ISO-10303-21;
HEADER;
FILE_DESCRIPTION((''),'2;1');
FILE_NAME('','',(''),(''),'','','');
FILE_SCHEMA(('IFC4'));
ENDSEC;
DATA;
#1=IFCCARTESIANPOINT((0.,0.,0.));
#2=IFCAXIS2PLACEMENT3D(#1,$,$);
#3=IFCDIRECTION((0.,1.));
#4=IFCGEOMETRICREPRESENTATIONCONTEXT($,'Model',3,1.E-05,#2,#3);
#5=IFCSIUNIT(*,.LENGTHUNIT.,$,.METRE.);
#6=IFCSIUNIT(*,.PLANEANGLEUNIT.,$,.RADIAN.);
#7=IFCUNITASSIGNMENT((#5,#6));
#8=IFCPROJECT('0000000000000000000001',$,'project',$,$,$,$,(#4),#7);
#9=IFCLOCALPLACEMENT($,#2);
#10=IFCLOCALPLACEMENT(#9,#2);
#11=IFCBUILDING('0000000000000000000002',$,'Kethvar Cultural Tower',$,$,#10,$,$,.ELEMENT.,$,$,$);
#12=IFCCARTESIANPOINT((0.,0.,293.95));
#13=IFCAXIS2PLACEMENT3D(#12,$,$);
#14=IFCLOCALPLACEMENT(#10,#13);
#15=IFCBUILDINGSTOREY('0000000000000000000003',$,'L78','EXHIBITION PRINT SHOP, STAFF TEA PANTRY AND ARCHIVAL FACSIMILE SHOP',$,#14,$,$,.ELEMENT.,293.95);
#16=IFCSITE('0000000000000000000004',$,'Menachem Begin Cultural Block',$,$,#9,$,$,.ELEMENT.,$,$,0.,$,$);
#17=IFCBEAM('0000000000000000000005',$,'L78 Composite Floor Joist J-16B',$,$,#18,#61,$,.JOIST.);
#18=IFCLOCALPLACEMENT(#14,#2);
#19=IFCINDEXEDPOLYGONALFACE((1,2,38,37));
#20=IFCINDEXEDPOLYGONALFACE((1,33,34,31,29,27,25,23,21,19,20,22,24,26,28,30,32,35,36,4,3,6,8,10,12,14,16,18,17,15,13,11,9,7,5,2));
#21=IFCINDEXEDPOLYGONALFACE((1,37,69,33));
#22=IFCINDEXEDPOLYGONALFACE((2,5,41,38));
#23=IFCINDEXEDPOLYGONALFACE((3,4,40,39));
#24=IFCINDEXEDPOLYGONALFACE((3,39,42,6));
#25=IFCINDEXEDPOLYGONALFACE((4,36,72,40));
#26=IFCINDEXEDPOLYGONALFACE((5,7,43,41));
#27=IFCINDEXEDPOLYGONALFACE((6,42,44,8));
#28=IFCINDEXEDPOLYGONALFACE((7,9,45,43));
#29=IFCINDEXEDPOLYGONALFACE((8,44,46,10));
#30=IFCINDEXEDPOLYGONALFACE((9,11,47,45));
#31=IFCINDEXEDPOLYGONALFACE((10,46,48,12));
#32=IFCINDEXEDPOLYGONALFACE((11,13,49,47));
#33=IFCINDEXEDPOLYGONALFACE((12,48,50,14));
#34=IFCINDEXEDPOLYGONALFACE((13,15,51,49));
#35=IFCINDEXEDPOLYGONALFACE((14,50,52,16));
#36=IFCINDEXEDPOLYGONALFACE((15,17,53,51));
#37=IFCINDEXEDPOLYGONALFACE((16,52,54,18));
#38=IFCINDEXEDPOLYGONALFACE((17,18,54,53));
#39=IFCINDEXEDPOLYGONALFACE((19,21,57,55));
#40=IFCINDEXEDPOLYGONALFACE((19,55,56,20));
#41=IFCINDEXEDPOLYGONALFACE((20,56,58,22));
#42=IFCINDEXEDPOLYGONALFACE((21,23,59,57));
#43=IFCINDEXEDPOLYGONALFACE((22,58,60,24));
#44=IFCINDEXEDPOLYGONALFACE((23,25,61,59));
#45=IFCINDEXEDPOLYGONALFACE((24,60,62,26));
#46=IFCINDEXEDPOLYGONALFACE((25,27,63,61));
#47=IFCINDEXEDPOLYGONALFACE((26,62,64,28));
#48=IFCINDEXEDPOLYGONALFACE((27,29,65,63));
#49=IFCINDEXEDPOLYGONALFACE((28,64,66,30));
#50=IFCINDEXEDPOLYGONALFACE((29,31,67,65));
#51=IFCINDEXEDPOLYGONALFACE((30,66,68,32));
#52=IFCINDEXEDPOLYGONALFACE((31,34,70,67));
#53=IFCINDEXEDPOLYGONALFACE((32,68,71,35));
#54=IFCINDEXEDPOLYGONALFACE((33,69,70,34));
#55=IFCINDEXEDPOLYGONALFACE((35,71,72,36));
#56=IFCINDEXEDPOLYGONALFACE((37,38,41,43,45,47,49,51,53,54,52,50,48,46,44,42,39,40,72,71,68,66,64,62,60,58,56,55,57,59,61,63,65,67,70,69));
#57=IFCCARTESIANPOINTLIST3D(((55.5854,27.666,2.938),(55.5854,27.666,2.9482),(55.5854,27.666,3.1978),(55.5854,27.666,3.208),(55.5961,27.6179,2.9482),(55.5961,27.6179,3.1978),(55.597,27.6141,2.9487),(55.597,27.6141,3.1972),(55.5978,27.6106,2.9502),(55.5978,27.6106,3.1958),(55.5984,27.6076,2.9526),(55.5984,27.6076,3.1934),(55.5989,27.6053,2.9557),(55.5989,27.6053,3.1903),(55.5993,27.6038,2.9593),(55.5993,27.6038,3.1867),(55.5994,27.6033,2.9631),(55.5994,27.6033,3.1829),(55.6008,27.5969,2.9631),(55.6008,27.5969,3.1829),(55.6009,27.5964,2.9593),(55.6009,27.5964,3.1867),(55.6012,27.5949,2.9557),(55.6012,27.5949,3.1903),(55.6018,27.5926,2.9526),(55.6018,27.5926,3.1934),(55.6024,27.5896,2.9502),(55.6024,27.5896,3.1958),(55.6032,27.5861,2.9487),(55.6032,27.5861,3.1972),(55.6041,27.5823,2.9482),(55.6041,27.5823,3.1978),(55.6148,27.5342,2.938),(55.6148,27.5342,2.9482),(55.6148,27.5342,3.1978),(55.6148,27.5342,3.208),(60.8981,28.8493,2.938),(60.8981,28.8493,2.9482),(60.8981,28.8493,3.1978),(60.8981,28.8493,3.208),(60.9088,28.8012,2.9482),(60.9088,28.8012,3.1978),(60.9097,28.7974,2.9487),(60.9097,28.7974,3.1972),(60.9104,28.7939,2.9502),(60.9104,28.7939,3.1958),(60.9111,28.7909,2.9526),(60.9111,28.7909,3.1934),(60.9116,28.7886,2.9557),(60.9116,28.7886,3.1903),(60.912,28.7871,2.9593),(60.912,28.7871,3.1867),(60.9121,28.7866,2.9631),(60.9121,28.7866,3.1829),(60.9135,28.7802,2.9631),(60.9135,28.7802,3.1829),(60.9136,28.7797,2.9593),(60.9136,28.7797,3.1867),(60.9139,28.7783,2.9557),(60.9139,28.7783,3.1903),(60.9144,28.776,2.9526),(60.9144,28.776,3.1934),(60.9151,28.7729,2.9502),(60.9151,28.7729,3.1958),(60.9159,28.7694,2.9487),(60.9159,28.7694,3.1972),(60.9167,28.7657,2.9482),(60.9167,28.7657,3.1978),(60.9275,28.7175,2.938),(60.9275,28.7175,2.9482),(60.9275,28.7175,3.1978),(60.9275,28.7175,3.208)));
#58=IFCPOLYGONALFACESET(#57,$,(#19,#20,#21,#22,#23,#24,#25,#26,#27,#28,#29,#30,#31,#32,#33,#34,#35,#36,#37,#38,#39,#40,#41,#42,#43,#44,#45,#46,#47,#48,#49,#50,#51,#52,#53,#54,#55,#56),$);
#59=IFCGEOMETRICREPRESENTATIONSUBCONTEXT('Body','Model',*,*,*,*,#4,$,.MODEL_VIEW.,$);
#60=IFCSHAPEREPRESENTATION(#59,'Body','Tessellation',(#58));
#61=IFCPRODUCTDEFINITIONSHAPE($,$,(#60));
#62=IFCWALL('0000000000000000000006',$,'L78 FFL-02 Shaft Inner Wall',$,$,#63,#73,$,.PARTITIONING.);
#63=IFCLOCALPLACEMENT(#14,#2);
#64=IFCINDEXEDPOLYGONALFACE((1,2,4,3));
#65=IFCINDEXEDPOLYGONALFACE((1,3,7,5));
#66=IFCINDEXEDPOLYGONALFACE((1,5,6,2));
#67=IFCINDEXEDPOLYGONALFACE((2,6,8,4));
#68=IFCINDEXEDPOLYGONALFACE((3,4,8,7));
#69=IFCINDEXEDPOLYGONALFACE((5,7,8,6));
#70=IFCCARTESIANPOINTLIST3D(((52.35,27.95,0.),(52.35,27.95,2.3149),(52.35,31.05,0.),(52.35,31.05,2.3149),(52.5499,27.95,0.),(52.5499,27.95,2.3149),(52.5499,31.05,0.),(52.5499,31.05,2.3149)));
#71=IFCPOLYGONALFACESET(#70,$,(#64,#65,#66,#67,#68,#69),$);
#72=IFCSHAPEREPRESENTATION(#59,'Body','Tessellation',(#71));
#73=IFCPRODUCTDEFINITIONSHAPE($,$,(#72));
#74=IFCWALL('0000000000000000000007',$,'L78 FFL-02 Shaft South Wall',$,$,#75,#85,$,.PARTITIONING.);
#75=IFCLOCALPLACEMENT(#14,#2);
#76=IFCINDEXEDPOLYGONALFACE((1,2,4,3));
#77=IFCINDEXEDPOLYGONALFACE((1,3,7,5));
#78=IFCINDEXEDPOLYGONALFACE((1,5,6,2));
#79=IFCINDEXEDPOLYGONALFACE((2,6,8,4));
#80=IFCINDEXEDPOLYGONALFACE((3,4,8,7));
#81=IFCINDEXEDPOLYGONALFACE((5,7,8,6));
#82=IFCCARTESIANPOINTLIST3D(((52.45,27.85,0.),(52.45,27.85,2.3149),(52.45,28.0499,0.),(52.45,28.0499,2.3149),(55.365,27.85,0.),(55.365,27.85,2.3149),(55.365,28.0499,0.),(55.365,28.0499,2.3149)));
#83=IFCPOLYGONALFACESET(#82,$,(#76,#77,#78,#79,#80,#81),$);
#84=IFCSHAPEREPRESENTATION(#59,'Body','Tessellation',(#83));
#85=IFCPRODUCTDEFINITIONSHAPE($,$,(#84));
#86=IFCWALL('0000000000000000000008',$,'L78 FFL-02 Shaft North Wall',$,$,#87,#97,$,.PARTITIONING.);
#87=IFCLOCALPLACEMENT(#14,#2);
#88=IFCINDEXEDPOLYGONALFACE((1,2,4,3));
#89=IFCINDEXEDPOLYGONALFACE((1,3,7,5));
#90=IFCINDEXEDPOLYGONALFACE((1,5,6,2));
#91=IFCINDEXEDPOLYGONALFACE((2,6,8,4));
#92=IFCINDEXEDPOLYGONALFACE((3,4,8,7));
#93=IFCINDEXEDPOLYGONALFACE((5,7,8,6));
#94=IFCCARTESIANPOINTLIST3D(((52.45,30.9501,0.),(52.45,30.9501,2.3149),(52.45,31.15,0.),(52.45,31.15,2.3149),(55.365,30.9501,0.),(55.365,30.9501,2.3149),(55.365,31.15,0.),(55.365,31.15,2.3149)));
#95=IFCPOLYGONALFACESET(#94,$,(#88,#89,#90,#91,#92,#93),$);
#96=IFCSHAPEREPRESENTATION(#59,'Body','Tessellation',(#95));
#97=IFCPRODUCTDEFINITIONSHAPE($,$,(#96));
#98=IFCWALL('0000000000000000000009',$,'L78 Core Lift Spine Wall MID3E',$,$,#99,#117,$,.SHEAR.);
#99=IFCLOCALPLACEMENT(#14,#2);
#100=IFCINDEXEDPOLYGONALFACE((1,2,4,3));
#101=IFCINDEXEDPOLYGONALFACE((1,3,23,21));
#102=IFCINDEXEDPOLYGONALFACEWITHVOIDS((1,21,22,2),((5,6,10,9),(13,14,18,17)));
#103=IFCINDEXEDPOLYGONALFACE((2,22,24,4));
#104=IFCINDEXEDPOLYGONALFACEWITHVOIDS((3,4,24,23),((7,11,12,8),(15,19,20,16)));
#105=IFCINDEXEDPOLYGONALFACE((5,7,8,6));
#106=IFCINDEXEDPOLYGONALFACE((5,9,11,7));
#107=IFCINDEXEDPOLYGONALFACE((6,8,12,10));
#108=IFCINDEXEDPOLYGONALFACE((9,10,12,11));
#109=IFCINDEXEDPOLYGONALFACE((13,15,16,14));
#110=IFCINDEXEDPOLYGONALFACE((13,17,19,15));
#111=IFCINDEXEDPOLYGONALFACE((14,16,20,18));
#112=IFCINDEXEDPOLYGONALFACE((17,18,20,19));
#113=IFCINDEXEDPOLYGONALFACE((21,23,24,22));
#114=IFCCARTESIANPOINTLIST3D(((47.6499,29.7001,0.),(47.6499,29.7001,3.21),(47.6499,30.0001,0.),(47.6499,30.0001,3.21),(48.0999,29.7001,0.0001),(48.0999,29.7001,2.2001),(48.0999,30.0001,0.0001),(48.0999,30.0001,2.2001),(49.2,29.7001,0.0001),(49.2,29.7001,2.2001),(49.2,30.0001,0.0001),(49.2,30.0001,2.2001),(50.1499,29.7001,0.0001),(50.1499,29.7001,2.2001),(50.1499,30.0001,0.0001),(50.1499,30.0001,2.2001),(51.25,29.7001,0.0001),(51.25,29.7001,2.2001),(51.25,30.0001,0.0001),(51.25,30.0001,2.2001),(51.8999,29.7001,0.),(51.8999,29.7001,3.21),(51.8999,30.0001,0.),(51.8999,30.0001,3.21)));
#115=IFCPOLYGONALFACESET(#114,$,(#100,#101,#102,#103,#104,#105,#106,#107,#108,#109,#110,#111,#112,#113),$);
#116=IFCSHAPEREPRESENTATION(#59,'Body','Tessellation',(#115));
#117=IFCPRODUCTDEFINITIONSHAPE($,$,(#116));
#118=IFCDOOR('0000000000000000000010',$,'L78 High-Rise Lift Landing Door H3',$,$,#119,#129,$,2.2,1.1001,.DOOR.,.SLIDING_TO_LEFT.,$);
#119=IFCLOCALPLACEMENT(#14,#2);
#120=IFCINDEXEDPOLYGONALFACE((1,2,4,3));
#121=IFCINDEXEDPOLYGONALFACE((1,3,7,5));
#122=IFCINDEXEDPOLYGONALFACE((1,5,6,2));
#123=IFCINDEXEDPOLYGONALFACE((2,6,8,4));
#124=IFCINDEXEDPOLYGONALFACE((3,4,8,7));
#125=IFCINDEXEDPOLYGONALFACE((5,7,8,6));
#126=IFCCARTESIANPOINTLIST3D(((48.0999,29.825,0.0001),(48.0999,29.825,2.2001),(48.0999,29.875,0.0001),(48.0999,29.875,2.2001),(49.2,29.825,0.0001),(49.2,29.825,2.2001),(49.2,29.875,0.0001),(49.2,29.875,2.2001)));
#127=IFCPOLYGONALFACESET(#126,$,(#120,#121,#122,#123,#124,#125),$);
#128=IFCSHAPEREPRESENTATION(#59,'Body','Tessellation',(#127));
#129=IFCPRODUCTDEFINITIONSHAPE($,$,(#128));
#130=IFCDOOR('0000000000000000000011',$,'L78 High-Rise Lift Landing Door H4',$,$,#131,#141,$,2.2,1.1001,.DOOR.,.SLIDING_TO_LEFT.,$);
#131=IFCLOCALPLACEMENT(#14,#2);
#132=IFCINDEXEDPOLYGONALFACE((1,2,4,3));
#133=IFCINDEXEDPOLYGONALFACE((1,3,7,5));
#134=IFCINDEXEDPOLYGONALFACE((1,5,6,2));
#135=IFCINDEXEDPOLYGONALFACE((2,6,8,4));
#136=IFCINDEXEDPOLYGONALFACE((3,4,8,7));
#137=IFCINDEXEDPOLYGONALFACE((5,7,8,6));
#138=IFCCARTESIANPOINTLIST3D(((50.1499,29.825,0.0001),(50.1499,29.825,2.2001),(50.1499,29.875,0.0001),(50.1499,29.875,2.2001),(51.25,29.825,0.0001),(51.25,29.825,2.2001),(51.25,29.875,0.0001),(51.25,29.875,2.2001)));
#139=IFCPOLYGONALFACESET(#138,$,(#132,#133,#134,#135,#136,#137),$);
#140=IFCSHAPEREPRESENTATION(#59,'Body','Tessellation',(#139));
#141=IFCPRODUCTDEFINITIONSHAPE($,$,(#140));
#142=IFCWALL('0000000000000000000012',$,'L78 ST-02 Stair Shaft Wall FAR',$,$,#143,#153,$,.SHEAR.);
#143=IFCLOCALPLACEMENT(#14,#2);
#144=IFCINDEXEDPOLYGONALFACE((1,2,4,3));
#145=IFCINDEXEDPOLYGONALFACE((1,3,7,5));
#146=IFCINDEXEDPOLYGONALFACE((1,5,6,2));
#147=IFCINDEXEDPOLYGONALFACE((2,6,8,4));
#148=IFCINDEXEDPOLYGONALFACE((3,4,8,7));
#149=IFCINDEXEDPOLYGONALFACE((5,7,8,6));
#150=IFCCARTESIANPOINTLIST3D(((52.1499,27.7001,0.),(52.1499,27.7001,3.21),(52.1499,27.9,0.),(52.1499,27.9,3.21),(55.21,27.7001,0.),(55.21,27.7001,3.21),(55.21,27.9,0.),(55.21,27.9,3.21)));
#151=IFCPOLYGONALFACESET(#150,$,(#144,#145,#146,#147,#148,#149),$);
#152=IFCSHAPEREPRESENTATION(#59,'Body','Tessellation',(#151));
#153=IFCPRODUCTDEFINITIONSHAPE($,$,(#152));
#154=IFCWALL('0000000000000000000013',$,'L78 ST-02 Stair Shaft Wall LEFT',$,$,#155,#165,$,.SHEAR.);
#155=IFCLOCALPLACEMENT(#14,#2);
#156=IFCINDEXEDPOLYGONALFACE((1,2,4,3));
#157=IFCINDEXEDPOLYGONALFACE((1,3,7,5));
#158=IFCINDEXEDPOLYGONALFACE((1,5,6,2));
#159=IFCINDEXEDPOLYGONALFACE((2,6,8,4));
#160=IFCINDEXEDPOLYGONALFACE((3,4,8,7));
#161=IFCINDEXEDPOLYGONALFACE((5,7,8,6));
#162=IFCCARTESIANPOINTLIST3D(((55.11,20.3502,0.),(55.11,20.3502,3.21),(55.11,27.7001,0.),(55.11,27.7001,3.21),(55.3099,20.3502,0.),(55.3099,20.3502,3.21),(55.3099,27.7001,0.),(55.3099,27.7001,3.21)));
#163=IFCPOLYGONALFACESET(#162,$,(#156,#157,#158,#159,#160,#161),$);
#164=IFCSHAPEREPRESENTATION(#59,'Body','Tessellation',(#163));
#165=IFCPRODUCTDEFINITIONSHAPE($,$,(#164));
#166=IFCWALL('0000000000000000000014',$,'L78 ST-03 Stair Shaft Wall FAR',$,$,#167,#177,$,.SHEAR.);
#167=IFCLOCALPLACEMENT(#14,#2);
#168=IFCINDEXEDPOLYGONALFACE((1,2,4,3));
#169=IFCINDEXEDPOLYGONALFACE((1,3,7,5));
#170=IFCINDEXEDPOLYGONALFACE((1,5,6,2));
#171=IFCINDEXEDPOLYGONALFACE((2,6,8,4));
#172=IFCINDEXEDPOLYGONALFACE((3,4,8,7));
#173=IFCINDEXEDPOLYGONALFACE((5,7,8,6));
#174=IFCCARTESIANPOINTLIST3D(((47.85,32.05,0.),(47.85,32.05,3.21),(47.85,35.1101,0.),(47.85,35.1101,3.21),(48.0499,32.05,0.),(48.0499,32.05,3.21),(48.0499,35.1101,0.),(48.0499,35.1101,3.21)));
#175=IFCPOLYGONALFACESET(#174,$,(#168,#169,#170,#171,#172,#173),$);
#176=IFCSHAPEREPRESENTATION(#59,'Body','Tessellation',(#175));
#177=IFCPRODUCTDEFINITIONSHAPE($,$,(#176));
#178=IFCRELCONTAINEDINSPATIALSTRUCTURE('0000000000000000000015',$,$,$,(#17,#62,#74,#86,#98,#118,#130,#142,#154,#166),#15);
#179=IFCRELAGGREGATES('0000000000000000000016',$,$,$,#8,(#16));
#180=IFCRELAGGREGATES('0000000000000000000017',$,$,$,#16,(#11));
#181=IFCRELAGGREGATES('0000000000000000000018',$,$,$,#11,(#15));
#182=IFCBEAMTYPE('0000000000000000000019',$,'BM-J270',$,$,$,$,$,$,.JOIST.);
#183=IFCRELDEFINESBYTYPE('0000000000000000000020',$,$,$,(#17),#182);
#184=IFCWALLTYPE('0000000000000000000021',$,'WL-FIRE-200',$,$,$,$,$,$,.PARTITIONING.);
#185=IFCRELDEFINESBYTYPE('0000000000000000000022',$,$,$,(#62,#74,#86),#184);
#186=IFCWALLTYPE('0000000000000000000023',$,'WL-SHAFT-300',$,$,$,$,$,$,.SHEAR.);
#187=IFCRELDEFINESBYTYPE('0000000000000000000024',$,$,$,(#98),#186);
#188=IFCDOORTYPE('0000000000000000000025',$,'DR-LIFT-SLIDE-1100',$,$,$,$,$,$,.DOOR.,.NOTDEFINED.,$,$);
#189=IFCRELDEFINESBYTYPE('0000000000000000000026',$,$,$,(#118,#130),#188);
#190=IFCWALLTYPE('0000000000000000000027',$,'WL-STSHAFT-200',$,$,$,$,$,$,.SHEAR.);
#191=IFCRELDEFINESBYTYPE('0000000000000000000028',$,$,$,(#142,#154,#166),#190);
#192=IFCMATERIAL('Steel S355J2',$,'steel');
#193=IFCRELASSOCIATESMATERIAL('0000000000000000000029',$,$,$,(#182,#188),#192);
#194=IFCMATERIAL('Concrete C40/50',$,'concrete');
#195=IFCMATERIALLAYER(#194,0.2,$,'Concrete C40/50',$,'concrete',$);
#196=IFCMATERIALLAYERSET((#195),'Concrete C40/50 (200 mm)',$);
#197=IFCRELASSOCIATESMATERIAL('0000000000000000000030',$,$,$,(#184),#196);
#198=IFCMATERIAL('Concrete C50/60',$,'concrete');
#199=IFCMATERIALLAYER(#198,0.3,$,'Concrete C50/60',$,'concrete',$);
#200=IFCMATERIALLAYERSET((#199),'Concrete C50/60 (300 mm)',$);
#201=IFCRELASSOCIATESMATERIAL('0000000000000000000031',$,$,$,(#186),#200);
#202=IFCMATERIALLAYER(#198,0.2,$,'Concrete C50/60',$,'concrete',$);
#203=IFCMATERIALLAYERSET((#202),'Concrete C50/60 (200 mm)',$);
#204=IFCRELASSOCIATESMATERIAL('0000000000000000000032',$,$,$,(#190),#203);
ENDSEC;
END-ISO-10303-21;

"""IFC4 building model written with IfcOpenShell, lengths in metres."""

from ifc_helpers import new_model, si_unit, direction, frame, frame_2d, origin, origin_2d, place, context, subcontext, project, spatial, rectangle, i_section, extrude, source, transform, mapped, material, layer, layer_set, material_profile, profile_set, type_object, element, fill, save


model = new_model("IFC4")

# Units and contexts
model_context = context("Model", 3, precision=1e-05, world=origin(), true_north=direction((0.0, 1.0)))
body_context = subcontext(model_context, "Body", "Model", "MODEL_VIEW")
ifc_project = project(units=[si_unit("LENGTHUNIT", "METRE"), si_unit("PLANEANGLEUNIT", "RADIAN")], contexts=[model_context])

# Site, building, storey
site_placement = place(None, origin())
site = spatial("IfcSite", under=ifc_project, at=site_placement, Name="Menachem Begin Cultural Block", CompositionType="ELEMENT", RefElevation=0.0)
building_placement = place(site_placement, origin())
building = spatial("IfcBuilding", under=site, at=building_placement, Name="Kethvar Cultural Tower", CompositionType="ELEMENT")
storey_placement = place(building_placement, frame((0.0, 0.0, 293.95)))
storey = spatial("IfcBuildingStorey", under=building, at=storey_placement, Name="L78", Description="EXHIBITION PRINT SHOP, STAFF TEA PANTRY AND ARCHIVAL FACSIMILE SHOP", CompositionType="ELEMENT", Elevation=293.95)

# Beam
ifc_material_1 = material(Name="Steel S355J2", Category="steel")
ifc_material_profile_1 = material_profile(ifc_material_1, i_section(OverallWidth=0.135, OverallDepth=0.27, WebThickness=0.0066, FlangeThickness=0.0103, FilletRadius=0.0149, at=origin_2d()), Name="Steel S355J2 — IPE270")
ifc_profile_set_1 = profile_set([ifc_material_profile_1], Name="Steel S355J2 — IPE270")
beam_type_1 = type_object("IfcBeamType", Name="BM-J270", PredefinedType="JOIST", material=ifc_profile_set_1)
shared_shape_1 = source(origin(), body_context, "Body", "SweptSolid", [
    extrude(i_section(OverallWidth=0.135, OverallDepth=0.27, WebThickness=0.0066, FlangeThickness=0.0103, FilletRadius=0.0149, at=origin_2d()), origin(), (0.0, 0.0, 1.0), 5.4429),
])
beam_1_placement = place(storey_placement, frame((55.6001, 27.6001, 3.073), z_axis=(0.97608, 0.21741, 0.0), x_axis=(-0.21741, 0.97608, 0.0)))
element("IfcBeam", 1, at=beam_1_placement, inside=storey, type_object=beam_type_1, Name="L78 Composite Floor Joist J-16B", PredefinedType="JOIST", context=body_context, shape_type="MappedRepresentation", body=[
    mapped(shared_shape_1, transform((0.0, 0.0, 0.0), scale=1.0)),
])

# Walls
ifc_material_2 = material(Name="Concrete C40/50", Category="concrete")
ifc_layer_1 = layer(ifc_material_2, 0.2, Name="Concrete C40/50", Category="concrete")
ifc_layer_set_1 = layer_set([ifc_layer_1], Name="Concrete C40/50 (200 mm)")
wall_type_1 = type_object("IfcWallType", Name="WL-FIRE-200", PredefinedType="PARTITIONING", material=ifc_layer_set_1)
wall_1_placement = place(storey_placement, frame((52.45, 27.95, 0.0), z_axis=(0.0, 0.0, 1.0), x_axis=(0.0, 1.0, 0.0)))
element("IfcWall", 2, at=wall_1_placement, inside=storey, type_object=wall_type_1, Name="L78 FFL-02 Shaft Inner Wall", PredefinedType="PARTITIONING", context=body_context, shape_type="SweptSolid", body=[
    extrude(rectangle(XDim=3.1001, YDim=0.2, at=frame_2d((1.55, 0.0))), origin(), (0.0, 0.0, 1.0), 2.3149),
])
for number, where, z_axis, x_axis, name in (
    (3, (52.45, 27.95, 0.0), (0.0, 0.0, 1.0), (1.0, 0.0, 0.0), "L78 FFL-02 Shaft South Wall"),
    (4, (52.45, 31.05, 0.0), (0.0, 0.0, 1.0), (1.0, 0.0, 0.0), "L78 FFL-02 Shaft North Wall"),
):
    element("IfcWall", number, at=place(storey_placement, frame(where, z_axis=z_axis, x_axis=x_axis)), inside=storey, type_object=wall_type_1, Name=name, PredefinedType="PARTITIONING", context=body_context, shape_type="SweptSolid", body=[
        extrude(rectangle(XDim=2.915, YDim=0.2, at=frame_2d((1.4575, 0.0))), origin(), (0.0, 0.0, 1.0), 2.3149),
    ])

# Wall, openings, doors
ifc_material_3 = material(Name="Concrete C50/60", Category="concrete")
ifc_layer_2 = layer(ifc_material_3, 0.3, Name="Concrete C50/60", Category="concrete")
ifc_layer_set_2 = layer_set([ifc_layer_2], Name="Concrete C50/60 (300 mm)")
wall_type_2 = type_object("IfcWallType", Name="WL-SHAFT-300", PredefinedType="SHEAR", material=ifc_layer_set_2)
wall_2_placement = place(storey_placement, frame((47.6499, 29.8501, 0.0), z_axis=(0.0, 0.0, 1.0), x_axis=(1.0, 0.0, 0.0)))
wall_2 = element("IfcWall", 5, at=wall_2_placement, inside=storey, type_object=wall_type_2, Name="L78 Core Lift Spine Wall MID3E", PredefinedType="SHEAR", context=body_context, shape_type="SweptSolid", body=[
    extrude(rectangle(XDim=4.25, YDim=0.3, at=frame_2d((2.125, 0.0))), origin(), (0.0, 0.0, 1.0), 3.21),
])
opening_1_placement = place(wall_2_placement, frame((0.45, 0.0, 0.0)))
opening_1 = element("IfcOpeningElement", 6, at=opening_1_placement, cuts=wall_2, PredefinedType="OPENING", context=body_context, shape_type="SweptSolid", body=[
    extrude(rectangle(XDim=1.1001, YDim=2.2, at=frame_2d((0.55, 1.1001))), frame((0.0, 0.1599, 0.0), z_axis=(0.0, -1.0, 0.0), x_axis=(1.0, 0.0, 0.0)), (0.0, 0.0, 1.0), 0.3201),
])
opening_2_placement = place(wall_2_placement, frame((2.5, 0.0, 0.0)))
opening_2 = element("IfcOpeningElement", 7, at=opening_2_placement, cuts=wall_2, PredefinedType="OPENING", context=body_context, shape_type="SweptSolid", body=[
    extrude(rectangle(XDim=1.1001, YDim=2.2, at=frame_2d((0.55, 1.1001))), frame((0.0, 0.1599, 0.0), z_axis=(0.0, -1.0, 0.0), x_axis=(1.0, 0.0, 0.0)), (0.0, 0.0, 1.0), 0.3201),
])
door_type = type_object("IfcDoorType", Name="DR-LIFT-SLIDE-1100", OperationType="NOTDEFINED", PredefinedType="DOOR", material=ifc_material_1)
shared_shape_2 = source(origin(), body_context, "Body", "SweptSolid", [
    extrude(rectangle(XDim=1.1001, YDim=2.2, at=frame_2d((0.55, 1.1001))), frame((0.0, 0.0249, 0.0), z_axis=(0.0, -1.0, 0.0), x_axis=(1.0, 0.0, 0.0)), (0.0, 0.0, 1.0), 0.05),
])
door_1_placement = place(opening_1_placement, origin())
door_1 = element("IfcDoor", 8, at=door_1_placement, inside=storey, type_object=door_type, Name="L78 High-Rise Lift Landing Door H3", OperationType="SLIDING_TO_LEFT", OverallHeight=2.2, OverallWidth=1.1001, PredefinedType="DOOR", context=body_context, shape_type="MappedRepresentation", body=[
    mapped(shared_shape_2, transform((0.0, 0.0, 0.0), scale=1.0)),
])
fill(opening_1, door_1)
door_2_placement = place(opening_2_placement, origin())
door_2 = element("IfcDoor", 9, at=door_2_placement, inside=storey, type_object=door_type, Name="L78 High-Rise Lift Landing Door H4", OperationType="SLIDING_TO_LEFT", OverallHeight=2.2, OverallWidth=1.1001, PredefinedType="DOOR", context=body_context, shape_type="MappedRepresentation", body=[
    mapped(shared_shape_2, transform((0.0, 0.0, 0.0), scale=1.0)),
])
fill(opening_2, door_2)

# Walls
ifc_layer_3 = layer(ifc_material_3, 0.2, Name="Concrete C50/60", Category="concrete")
ifc_layer_set_3 = layer_set([ifc_layer_3], Name="Concrete C50/60 (200 mm)")
wall_type_3 = type_object("IfcWallType", Name="WL-STSHAFT-200", PredefinedType="SHEAR", material=ifc_layer_set_3)
wall_3_placement = place(storey_placement, frame((52.1499, 27.8, 0.0), z_axis=(0.0, 0.0, 1.0), x_axis=(1.0, 0.0, 0.0)))
element("IfcWall", 10, at=wall_3_placement, inside=storey, type_object=wall_type_3, Name="L78 ST-02 Stair Shaft Wall FAR", PredefinedType="SHEAR", context=body_context, shape_type="SweptSolid", body=[
    extrude(rectangle(XDim=3.0601, YDim=0.2, at=frame_2d((1.53, 0.0))), origin(), (0.0, 0.0, 1.0), 3.21),
])
wall_4_placement = place(storey_placement, frame((55.21, 27.7, 0.0), z_axis=(0.0, 0.0, 1.0), x_axis=(0.0, -1.0, 0.0)))
element("IfcWall", 11, at=wall_4_placement, inside=storey, type_object=wall_type_3, Name="L78 ST-02 Stair Shaft Wall LEFT", PredefinedType="SHEAR", context=body_context, shape_type="SweptSolid", body=[
    extrude(rectangle(XDim=7.3499, YDim=0.2, at=frame_2d((3.6748, 0.0))), origin(), (0.0, 0.0, 1.0), 3.21),
])
wall_5_placement = place(storey_placement, frame((47.95, 32.05, 0.0), z_axis=(0.0, 0.0, 1.0), x_axis=(0.0, 1.0, 0.0)))
element("IfcWall", 12, at=wall_5_placement, inside=storey, type_object=wall_type_3, Name="L78 ST-03 Stair Shaft Wall FAR", PredefinedType="SHEAR", context=body_context, shape_type="SweptSolid", body=[
    extrude(rectangle(XDim=3.0601, YDim=0.2, at=frame_2d((1.53, 0.0))), origin(), (0.0, 0.0, 1.0), 3.21),
])

save(model, "model.ifc")
